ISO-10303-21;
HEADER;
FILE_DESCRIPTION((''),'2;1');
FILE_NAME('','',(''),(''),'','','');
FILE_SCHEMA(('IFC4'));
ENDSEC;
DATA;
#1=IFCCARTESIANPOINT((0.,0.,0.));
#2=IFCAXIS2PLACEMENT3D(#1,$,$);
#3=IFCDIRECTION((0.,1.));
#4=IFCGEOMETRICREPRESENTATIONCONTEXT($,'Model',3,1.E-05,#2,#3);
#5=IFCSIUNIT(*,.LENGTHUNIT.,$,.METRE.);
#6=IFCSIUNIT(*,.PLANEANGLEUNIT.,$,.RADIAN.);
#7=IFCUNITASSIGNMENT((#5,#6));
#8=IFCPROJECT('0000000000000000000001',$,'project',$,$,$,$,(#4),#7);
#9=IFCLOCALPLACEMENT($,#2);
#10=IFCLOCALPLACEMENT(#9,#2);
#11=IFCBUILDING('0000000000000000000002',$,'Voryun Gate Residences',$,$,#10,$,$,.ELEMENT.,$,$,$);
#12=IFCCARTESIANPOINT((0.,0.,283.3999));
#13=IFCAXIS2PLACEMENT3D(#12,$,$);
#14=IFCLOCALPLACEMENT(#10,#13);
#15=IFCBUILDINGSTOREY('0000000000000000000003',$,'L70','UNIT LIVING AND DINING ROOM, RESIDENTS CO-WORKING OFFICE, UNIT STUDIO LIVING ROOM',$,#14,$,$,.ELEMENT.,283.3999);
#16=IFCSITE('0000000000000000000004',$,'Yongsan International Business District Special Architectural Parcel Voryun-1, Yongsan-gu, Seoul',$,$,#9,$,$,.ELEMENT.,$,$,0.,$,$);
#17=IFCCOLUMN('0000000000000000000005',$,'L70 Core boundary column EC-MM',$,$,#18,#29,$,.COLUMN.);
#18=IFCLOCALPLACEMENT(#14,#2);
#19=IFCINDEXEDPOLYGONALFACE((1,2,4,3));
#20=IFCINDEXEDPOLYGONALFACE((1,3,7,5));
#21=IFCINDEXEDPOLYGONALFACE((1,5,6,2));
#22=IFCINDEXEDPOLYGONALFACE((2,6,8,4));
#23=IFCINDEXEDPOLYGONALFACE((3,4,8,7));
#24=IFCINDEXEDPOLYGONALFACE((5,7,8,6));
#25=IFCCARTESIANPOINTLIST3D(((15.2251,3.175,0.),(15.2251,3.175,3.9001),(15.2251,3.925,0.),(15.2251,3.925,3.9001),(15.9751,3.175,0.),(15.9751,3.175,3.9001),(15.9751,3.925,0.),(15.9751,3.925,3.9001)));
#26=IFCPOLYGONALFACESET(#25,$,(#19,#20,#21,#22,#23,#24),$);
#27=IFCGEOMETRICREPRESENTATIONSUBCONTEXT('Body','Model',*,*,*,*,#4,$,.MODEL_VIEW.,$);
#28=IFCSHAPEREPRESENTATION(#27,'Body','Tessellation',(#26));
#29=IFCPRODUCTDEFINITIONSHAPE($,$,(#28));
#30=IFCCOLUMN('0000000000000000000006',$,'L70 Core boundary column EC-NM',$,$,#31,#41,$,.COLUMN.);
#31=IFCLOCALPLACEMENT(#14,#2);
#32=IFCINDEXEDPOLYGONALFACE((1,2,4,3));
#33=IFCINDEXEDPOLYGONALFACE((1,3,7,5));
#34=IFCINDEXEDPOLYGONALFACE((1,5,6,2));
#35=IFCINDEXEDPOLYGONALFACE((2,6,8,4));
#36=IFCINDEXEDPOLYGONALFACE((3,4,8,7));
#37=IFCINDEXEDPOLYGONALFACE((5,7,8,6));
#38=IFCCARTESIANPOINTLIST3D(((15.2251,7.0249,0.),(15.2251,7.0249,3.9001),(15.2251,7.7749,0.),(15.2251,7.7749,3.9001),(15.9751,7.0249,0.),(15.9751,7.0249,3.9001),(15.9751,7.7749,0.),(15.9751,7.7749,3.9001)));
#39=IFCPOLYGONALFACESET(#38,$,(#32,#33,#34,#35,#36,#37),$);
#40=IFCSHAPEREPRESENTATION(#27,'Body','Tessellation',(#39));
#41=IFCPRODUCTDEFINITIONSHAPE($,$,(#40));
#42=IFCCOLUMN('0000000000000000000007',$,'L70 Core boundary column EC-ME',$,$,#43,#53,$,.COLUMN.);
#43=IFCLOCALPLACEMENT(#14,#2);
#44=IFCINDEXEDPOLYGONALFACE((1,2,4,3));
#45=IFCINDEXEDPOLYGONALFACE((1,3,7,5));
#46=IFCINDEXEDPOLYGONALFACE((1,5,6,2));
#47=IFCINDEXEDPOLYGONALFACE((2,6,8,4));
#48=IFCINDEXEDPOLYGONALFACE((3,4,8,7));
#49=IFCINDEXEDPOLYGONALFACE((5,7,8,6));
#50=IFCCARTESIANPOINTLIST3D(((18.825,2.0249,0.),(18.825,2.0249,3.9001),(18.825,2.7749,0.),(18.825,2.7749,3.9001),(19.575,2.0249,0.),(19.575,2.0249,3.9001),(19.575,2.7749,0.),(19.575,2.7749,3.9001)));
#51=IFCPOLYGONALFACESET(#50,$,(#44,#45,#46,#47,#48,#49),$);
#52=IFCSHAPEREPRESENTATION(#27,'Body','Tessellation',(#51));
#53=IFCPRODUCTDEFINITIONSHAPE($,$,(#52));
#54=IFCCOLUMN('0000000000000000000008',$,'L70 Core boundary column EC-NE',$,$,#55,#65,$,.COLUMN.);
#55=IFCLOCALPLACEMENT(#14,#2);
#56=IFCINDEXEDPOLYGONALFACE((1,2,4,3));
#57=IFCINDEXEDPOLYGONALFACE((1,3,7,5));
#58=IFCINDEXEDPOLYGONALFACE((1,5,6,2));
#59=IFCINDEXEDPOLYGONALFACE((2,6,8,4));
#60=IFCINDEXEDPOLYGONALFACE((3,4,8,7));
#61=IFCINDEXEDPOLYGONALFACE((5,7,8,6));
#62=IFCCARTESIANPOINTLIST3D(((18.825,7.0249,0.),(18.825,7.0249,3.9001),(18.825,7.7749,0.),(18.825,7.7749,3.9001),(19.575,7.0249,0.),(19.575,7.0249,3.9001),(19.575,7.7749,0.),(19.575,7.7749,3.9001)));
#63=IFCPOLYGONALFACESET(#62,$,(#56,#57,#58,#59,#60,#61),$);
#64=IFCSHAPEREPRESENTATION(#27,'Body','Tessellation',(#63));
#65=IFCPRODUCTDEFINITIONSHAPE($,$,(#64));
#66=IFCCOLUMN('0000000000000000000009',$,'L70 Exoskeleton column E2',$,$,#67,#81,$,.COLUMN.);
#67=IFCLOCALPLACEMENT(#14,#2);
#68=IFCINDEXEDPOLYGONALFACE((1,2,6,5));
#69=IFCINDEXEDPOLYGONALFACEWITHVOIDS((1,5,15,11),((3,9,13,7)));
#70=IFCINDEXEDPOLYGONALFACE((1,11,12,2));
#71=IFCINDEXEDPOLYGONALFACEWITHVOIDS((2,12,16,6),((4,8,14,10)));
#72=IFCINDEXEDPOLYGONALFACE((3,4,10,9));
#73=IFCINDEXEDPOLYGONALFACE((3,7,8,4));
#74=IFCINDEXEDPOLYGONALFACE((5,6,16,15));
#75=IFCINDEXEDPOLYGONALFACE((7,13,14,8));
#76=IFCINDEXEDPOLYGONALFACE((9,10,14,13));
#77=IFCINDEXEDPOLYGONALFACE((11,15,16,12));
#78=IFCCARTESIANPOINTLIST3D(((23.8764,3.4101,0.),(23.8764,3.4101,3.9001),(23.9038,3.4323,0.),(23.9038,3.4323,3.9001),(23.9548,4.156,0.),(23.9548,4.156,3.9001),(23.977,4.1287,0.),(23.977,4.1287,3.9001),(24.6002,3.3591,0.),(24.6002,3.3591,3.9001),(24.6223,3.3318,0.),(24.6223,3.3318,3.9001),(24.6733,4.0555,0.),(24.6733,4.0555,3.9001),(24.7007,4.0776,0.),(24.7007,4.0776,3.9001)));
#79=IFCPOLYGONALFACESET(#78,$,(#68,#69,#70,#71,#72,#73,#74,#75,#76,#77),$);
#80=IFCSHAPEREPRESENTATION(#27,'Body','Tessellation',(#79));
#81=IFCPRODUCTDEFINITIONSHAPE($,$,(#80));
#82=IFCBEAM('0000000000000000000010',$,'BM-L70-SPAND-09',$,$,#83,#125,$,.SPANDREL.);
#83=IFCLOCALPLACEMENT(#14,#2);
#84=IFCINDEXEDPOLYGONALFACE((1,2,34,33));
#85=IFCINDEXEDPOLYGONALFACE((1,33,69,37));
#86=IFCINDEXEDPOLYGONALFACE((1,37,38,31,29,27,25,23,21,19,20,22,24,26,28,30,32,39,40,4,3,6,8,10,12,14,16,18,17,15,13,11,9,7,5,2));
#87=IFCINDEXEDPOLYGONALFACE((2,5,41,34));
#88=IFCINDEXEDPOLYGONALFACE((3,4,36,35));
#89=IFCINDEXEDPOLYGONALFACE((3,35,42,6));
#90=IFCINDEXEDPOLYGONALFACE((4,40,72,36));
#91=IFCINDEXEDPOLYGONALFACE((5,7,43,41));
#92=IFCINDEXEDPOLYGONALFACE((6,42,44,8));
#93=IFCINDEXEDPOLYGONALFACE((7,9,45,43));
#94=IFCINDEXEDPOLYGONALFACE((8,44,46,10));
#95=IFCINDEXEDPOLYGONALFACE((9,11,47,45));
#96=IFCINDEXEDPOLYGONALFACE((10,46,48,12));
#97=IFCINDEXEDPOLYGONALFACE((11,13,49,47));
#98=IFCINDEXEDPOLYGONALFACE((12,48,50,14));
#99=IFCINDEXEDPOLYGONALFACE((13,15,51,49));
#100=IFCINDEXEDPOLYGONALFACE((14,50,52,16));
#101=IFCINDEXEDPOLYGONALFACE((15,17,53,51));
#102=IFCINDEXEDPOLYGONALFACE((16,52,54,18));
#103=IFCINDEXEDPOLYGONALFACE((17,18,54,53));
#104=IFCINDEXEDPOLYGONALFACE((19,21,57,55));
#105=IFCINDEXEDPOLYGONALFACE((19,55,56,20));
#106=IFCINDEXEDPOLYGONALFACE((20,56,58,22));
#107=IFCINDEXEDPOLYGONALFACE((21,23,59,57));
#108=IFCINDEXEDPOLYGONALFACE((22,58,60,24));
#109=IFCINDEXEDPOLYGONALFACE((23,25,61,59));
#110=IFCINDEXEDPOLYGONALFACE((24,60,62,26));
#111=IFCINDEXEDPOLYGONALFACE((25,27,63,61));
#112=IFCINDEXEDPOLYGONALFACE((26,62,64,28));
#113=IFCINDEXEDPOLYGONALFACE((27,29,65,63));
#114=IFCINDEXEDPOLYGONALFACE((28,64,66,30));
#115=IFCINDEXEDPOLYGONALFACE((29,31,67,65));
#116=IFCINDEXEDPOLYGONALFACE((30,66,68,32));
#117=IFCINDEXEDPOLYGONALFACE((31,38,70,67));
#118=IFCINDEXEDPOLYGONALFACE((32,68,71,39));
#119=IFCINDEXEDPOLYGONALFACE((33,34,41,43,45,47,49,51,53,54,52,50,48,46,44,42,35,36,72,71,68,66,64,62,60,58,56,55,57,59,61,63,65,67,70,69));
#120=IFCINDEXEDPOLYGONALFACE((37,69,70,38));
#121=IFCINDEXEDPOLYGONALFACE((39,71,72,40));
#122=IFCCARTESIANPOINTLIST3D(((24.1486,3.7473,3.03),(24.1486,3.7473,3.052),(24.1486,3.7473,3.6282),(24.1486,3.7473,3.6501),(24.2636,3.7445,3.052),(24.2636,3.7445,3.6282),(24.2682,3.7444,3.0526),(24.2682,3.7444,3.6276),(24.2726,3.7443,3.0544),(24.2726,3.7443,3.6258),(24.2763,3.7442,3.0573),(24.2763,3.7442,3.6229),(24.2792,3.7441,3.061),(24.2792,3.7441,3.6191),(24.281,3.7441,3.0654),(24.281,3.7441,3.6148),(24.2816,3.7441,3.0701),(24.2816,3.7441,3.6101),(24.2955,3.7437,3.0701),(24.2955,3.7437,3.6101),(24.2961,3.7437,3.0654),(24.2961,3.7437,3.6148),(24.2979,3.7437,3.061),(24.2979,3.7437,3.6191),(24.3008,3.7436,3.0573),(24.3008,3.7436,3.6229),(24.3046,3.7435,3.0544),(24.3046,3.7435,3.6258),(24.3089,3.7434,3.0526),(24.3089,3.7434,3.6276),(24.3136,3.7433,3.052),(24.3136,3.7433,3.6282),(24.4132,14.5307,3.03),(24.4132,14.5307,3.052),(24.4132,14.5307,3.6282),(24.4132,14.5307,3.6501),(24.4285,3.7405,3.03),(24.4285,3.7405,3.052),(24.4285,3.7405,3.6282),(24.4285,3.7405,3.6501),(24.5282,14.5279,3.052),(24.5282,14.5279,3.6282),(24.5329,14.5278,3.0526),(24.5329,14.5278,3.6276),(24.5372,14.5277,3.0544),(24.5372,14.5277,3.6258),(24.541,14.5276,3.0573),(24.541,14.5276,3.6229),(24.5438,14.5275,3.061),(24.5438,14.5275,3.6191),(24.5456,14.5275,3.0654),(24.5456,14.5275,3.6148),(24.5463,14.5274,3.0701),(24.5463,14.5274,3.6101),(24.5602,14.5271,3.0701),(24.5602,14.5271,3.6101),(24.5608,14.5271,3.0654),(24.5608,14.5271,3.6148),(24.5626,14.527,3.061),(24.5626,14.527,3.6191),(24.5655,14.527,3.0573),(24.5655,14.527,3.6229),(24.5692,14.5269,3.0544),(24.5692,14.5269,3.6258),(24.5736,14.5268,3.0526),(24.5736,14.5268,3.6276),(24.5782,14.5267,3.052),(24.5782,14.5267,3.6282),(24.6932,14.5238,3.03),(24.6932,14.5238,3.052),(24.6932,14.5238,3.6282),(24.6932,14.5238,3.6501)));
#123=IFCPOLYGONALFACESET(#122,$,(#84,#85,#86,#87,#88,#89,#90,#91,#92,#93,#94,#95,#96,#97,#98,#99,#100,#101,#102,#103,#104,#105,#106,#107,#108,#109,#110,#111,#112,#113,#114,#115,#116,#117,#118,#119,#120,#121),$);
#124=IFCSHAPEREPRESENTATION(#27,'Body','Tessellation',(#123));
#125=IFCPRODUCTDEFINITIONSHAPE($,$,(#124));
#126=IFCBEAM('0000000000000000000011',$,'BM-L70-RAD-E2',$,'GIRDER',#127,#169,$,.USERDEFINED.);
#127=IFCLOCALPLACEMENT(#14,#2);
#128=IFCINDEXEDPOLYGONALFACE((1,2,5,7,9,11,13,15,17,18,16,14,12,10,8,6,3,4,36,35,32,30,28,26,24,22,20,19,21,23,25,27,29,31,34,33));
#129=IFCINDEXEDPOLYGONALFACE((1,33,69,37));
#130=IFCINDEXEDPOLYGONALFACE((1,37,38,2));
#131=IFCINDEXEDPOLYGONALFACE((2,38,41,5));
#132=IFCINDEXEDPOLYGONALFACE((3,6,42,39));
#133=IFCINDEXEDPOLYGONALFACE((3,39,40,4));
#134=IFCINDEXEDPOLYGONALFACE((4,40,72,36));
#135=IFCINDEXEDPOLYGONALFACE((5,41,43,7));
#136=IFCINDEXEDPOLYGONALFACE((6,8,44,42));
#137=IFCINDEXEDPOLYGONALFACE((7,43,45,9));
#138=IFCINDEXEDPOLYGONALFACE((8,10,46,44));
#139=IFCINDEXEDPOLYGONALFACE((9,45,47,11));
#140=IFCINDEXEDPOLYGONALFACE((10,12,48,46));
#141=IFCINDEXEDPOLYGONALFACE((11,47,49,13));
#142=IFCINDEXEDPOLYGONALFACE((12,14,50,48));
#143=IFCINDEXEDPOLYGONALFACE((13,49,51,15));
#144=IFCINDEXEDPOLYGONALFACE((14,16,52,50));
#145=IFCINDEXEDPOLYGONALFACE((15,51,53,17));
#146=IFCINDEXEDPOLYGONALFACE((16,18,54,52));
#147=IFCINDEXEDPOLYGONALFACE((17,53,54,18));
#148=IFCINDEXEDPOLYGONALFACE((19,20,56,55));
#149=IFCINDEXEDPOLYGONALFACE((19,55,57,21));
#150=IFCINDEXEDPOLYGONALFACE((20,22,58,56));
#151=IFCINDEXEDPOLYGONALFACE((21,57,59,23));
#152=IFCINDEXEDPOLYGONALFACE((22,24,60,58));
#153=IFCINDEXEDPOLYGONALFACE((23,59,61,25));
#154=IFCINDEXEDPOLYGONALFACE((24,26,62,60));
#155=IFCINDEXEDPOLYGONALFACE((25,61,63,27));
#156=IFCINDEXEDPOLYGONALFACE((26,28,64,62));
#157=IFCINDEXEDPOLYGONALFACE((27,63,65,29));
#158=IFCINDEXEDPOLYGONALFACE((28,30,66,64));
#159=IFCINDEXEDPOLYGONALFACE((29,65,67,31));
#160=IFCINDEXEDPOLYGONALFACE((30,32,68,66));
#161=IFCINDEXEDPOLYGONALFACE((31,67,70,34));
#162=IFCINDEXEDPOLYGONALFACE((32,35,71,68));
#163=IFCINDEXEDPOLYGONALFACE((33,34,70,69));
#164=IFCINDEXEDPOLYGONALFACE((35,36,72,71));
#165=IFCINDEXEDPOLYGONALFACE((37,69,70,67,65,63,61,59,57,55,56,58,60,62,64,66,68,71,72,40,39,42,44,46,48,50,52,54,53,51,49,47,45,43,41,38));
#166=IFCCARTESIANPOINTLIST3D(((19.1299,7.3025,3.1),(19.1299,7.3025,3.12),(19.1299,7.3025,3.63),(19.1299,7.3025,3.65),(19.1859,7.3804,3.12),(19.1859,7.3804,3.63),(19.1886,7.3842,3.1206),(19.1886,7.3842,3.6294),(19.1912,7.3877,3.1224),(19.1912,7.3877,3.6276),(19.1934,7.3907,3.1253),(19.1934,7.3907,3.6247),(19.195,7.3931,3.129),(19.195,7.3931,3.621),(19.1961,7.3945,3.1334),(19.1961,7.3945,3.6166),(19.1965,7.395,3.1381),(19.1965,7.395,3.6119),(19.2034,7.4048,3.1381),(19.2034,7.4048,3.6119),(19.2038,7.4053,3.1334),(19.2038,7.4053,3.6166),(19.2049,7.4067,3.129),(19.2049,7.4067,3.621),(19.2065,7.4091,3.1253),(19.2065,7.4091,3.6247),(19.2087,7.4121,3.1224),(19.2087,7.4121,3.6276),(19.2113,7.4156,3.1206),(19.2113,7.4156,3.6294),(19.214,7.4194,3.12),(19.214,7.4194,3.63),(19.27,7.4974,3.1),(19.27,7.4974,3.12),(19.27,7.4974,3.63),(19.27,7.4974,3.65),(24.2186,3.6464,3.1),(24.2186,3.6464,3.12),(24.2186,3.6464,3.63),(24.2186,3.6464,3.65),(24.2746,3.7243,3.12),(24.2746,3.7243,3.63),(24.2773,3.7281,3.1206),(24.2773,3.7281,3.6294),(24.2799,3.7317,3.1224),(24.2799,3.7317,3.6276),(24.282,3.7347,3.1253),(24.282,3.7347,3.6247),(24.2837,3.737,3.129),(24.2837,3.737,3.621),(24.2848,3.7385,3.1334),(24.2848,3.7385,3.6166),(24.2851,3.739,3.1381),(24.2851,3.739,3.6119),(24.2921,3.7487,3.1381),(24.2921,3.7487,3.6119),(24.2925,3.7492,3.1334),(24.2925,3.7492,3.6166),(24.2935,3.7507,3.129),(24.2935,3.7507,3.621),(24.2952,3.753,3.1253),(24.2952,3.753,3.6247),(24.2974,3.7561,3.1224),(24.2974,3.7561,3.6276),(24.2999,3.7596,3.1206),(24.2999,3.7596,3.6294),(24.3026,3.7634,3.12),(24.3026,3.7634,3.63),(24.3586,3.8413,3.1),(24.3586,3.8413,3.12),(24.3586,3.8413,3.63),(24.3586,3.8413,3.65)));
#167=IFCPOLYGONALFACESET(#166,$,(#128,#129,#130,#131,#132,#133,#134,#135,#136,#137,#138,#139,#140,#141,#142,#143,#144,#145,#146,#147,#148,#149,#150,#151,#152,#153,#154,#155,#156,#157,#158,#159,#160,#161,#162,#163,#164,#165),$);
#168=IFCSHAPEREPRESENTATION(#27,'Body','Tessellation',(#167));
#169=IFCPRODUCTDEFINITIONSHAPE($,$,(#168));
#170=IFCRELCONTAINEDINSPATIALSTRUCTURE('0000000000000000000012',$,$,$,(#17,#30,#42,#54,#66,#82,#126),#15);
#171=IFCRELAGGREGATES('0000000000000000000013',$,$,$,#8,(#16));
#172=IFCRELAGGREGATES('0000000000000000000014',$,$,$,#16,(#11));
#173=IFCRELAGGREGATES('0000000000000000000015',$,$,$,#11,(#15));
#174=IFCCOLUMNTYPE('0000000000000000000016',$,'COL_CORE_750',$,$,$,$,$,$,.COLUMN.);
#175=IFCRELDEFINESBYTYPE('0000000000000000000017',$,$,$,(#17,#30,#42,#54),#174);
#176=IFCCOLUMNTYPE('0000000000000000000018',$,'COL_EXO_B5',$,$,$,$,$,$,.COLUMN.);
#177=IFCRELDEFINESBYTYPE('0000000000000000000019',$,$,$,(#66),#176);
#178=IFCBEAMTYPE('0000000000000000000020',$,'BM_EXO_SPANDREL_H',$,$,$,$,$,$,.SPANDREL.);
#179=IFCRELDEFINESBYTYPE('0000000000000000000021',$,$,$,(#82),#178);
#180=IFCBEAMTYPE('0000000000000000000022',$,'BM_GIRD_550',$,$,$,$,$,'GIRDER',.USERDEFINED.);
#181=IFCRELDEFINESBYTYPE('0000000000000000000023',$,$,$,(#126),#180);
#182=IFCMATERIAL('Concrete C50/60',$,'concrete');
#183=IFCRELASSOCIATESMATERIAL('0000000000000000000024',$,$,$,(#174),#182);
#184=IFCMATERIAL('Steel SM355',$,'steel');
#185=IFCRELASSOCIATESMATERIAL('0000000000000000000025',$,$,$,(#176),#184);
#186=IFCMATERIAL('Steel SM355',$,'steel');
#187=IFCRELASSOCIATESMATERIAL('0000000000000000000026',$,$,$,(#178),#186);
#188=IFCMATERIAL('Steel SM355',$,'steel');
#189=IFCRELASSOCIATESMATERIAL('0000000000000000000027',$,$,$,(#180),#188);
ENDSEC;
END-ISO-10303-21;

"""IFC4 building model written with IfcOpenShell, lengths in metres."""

from ifc_helpers import new_model, si_unit, direction, frame, origin, origin_2d, place, context, subcontext, project, spatial, rectangle, hollow_rectangle, i_section, extrude, material, material_profile, profile_set, type_object, element, save


model = new_model("IFC4")

# Units and contexts
model_context = context("Model", 3, precision=1e-05, world=origin(), true_north=direction((0.0, 1.0)))
body_context = subcontext(model_context, "Body", "Model", "MODEL_VIEW")
ifc_project = project(units=[si_unit("LENGTHUNIT", "METRE"), si_unit("PLANEANGLEUNIT", "RADIAN")], contexts=[model_context])

# Site, building, storey
site_placement = place(None, origin())
site = spatial("IfcSite", under=ifc_project, at=site_placement, Name="Yongsan International Business District Special Architectural Parcel Voryun-1, Yongsan-gu, Seoul", CompositionType="ELEMENT", RefElevation=0.0)
building_placement = place(site_placement, origin())
building = spatial("IfcBuilding", under=site, at=building_placement, Name="Voryun Gate Residences", CompositionType="ELEMENT")
storey_placement = place(building_placement, frame((0.0, 0.0, 283.3999)))
storey = spatial("IfcBuildingStorey", under=building, at=storey_placement, Name="L70", Description="UNIT LIVING AND DINING ROOM, RESIDENTS CO-WORKING OFFICE, UNIT STUDIO LIVING ROOM", CompositionType="ELEMENT", Elevation=283.3999)

# Columns
ifc_material_1 = material(Name="Concrete C50/60", Category="concrete")
ifc_material_profile_1 = material_profile(ifc_material_1, rectangle(XDim=0.75, YDim=0.75, at=origin_2d()), Name="RC-750x750")
ifc_profile_set_1 = profile_set([ifc_material_profile_1], Name="Concrete C50/60")
column_type_1 = type_object("IfcColumnType", Name="COL_CORE_750", PredefinedType="COLUMN", material=ifc_profile_set_1)
for number, where, z_axis, x_axis, name in (
    (1, (15.6001, 3.55, 0.0), (0.0, 0.0, 1.0), (1.0, 0.0, 0.0), "L70 Core boundary column EC-MM"),
    (2, (15.6001, 7.3999, 0.0), (0.0, 0.0, 1.0), (1.0, 0.0, 0.0), "L70 Core boundary column EC-NM"),
    (3, (19.2, 2.3999, 0.0), (0.0, 0.0, 1.0), (1.0, 0.0, 0.0), "L70 Core boundary column EC-ME"),
    (4, (19.2, 7.3999, 0.0), (0.0, 0.0, 1.0), (1.0, 0.0, 0.0), "L70 Core boundary column EC-NE"),
):
    element("IfcColumn", number, at=place(storey_placement, frame(where, z_axis=z_axis, x_axis=x_axis)), inside=storey, type_object=column_type_1, Name=name, PredefinedType="COLUMN", context=body_context, shape_type="SweptSolid", body=[
        extrude(rectangle(XDim=0.75, YDim=0.75, at=origin_2d()), origin(), (0.0, 0.0, 1.0), 3.9001),
    ])
ifc_material_2 = material(Name="Steel SM355", Category="steel")
ifc_material_profile_2 = material_profile(ifc_material_2, hollow_rectangle(XDim=0.75, YDim=0.75, WallThickness=0.0249, at=origin_2d()), Name="BOX-750x750x25")
ifc_profile_set_2 = profile_set([ifc_material_profile_2], Name="Steel SM355")
column_type_2 = type_object("IfcColumnType", Name="COL_EXO_B5", PredefinedType="COLUMN", material=ifc_profile_set_2)
column_placement = place(storey_placement, frame((24.2886, 3.7439, 0.0), z_axis=(0.0, 0.0, 1.0), x_axis=(0.994522, -0.104528, 0.0)))
element("IfcColumn", 5, at=column_placement, inside=storey, type_object=column_type_2, Name="L70 Exoskeleton column E2", PredefinedType="COLUMN", context=body_context, shape_type="SweptSolid", body=[
    extrude(hollow_rectangle(XDim=0.75, YDim=0.75, WallThickness=0.0249, at=origin_2d()), origin(), (0.0, 0.0, 1.0), 3.9001),
])

# Beams
ifc_material_3 = material(Name="Steel SM355", Category="steel")
ifc_material_profile_3 = material_profile(ifc_material_3, i_section(OverallWidth=0.28, OverallDepth=0.6201, WebThickness=0.0139, FlangeThickness=0.022, FilletRadius=0.0181, at=origin_2d()), Name="H-620x280x14x22")
ifc_profile_set_3 = profile_set([ifc_material_profile_3], Name="Steel SM355")
beam_type_1 = type_object("IfcBeamType", Name="BM_EXO_SPANDREL_H", PredefinedType="SPANDREL", material=ifc_profile_set_3)
beam_1_placement = place(storey_placement, frame((24.2886, 3.7439, 3.3401), z_axis=(0.024535, 0.999699, 0.0), x_axis=(-0.999699, 0.024535, 0.0)))
element("IfcBeam", 6, at=beam_1_placement, inside=storey, type_object=beam_type_1, Name="BM-L70-SPAND-09", PredefinedType="SPANDREL", context=body_context, shape_type="SweptSolid", body=[
    extrude(i_section(OverallWidth=0.28, OverallDepth=0.6201, WebThickness=0.0139, FlangeThickness=0.022, FilletRadius=0.0181, at=origin_2d()), origin(), (0.0, 0.0, 1.0), 10.7866),
])
ifc_material_4 = material(Name="Steel SM355", Category="steel")
ifc_material_profile_4 = material_profile(ifc_material_4, i_section(OverallWidth=0.24, OverallDepth=0.55, WebThickness=0.012, FlangeThickness=0.02, FilletRadius=0.0181, at=origin_2d()), Name="H-550x240x12x20")
ifc_profile_set_4 = profile_set([ifc_material_profile_4], Name="Steel SM355")
beam_type_2 = type_object("IfcBeamType", Name="BM_GIRD_550", ElementType="GIRDER", PredefinedType="USERDEFINED", material=ifc_profile_set_4)
beam_2_placement = place(storey_placement, frame((19.2, 7.3999, 3.375), z_axis=(0.812124, -0.583484, 0.0), x_axis=(0.583484, 0.812124, 0.0)))
element("IfcBeam", 7, at=beam_2_placement, inside=storey, type_object=beam_type_2, Name="BM-L70-RAD-E2", ObjectType="GIRDER", PredefinedType="USERDEFINED", context=body_context, shape_type="SweptSolid", body=[
    extrude(i_section(OverallWidth=0.24, OverallDepth=0.55, WebThickness=0.012, FlangeThickness=0.02, FilletRadius=0.0181, at=origin_2d()), origin(), (0.0, 0.0, 1.0), 6.2659),
])

save(model, "model.ifc")
